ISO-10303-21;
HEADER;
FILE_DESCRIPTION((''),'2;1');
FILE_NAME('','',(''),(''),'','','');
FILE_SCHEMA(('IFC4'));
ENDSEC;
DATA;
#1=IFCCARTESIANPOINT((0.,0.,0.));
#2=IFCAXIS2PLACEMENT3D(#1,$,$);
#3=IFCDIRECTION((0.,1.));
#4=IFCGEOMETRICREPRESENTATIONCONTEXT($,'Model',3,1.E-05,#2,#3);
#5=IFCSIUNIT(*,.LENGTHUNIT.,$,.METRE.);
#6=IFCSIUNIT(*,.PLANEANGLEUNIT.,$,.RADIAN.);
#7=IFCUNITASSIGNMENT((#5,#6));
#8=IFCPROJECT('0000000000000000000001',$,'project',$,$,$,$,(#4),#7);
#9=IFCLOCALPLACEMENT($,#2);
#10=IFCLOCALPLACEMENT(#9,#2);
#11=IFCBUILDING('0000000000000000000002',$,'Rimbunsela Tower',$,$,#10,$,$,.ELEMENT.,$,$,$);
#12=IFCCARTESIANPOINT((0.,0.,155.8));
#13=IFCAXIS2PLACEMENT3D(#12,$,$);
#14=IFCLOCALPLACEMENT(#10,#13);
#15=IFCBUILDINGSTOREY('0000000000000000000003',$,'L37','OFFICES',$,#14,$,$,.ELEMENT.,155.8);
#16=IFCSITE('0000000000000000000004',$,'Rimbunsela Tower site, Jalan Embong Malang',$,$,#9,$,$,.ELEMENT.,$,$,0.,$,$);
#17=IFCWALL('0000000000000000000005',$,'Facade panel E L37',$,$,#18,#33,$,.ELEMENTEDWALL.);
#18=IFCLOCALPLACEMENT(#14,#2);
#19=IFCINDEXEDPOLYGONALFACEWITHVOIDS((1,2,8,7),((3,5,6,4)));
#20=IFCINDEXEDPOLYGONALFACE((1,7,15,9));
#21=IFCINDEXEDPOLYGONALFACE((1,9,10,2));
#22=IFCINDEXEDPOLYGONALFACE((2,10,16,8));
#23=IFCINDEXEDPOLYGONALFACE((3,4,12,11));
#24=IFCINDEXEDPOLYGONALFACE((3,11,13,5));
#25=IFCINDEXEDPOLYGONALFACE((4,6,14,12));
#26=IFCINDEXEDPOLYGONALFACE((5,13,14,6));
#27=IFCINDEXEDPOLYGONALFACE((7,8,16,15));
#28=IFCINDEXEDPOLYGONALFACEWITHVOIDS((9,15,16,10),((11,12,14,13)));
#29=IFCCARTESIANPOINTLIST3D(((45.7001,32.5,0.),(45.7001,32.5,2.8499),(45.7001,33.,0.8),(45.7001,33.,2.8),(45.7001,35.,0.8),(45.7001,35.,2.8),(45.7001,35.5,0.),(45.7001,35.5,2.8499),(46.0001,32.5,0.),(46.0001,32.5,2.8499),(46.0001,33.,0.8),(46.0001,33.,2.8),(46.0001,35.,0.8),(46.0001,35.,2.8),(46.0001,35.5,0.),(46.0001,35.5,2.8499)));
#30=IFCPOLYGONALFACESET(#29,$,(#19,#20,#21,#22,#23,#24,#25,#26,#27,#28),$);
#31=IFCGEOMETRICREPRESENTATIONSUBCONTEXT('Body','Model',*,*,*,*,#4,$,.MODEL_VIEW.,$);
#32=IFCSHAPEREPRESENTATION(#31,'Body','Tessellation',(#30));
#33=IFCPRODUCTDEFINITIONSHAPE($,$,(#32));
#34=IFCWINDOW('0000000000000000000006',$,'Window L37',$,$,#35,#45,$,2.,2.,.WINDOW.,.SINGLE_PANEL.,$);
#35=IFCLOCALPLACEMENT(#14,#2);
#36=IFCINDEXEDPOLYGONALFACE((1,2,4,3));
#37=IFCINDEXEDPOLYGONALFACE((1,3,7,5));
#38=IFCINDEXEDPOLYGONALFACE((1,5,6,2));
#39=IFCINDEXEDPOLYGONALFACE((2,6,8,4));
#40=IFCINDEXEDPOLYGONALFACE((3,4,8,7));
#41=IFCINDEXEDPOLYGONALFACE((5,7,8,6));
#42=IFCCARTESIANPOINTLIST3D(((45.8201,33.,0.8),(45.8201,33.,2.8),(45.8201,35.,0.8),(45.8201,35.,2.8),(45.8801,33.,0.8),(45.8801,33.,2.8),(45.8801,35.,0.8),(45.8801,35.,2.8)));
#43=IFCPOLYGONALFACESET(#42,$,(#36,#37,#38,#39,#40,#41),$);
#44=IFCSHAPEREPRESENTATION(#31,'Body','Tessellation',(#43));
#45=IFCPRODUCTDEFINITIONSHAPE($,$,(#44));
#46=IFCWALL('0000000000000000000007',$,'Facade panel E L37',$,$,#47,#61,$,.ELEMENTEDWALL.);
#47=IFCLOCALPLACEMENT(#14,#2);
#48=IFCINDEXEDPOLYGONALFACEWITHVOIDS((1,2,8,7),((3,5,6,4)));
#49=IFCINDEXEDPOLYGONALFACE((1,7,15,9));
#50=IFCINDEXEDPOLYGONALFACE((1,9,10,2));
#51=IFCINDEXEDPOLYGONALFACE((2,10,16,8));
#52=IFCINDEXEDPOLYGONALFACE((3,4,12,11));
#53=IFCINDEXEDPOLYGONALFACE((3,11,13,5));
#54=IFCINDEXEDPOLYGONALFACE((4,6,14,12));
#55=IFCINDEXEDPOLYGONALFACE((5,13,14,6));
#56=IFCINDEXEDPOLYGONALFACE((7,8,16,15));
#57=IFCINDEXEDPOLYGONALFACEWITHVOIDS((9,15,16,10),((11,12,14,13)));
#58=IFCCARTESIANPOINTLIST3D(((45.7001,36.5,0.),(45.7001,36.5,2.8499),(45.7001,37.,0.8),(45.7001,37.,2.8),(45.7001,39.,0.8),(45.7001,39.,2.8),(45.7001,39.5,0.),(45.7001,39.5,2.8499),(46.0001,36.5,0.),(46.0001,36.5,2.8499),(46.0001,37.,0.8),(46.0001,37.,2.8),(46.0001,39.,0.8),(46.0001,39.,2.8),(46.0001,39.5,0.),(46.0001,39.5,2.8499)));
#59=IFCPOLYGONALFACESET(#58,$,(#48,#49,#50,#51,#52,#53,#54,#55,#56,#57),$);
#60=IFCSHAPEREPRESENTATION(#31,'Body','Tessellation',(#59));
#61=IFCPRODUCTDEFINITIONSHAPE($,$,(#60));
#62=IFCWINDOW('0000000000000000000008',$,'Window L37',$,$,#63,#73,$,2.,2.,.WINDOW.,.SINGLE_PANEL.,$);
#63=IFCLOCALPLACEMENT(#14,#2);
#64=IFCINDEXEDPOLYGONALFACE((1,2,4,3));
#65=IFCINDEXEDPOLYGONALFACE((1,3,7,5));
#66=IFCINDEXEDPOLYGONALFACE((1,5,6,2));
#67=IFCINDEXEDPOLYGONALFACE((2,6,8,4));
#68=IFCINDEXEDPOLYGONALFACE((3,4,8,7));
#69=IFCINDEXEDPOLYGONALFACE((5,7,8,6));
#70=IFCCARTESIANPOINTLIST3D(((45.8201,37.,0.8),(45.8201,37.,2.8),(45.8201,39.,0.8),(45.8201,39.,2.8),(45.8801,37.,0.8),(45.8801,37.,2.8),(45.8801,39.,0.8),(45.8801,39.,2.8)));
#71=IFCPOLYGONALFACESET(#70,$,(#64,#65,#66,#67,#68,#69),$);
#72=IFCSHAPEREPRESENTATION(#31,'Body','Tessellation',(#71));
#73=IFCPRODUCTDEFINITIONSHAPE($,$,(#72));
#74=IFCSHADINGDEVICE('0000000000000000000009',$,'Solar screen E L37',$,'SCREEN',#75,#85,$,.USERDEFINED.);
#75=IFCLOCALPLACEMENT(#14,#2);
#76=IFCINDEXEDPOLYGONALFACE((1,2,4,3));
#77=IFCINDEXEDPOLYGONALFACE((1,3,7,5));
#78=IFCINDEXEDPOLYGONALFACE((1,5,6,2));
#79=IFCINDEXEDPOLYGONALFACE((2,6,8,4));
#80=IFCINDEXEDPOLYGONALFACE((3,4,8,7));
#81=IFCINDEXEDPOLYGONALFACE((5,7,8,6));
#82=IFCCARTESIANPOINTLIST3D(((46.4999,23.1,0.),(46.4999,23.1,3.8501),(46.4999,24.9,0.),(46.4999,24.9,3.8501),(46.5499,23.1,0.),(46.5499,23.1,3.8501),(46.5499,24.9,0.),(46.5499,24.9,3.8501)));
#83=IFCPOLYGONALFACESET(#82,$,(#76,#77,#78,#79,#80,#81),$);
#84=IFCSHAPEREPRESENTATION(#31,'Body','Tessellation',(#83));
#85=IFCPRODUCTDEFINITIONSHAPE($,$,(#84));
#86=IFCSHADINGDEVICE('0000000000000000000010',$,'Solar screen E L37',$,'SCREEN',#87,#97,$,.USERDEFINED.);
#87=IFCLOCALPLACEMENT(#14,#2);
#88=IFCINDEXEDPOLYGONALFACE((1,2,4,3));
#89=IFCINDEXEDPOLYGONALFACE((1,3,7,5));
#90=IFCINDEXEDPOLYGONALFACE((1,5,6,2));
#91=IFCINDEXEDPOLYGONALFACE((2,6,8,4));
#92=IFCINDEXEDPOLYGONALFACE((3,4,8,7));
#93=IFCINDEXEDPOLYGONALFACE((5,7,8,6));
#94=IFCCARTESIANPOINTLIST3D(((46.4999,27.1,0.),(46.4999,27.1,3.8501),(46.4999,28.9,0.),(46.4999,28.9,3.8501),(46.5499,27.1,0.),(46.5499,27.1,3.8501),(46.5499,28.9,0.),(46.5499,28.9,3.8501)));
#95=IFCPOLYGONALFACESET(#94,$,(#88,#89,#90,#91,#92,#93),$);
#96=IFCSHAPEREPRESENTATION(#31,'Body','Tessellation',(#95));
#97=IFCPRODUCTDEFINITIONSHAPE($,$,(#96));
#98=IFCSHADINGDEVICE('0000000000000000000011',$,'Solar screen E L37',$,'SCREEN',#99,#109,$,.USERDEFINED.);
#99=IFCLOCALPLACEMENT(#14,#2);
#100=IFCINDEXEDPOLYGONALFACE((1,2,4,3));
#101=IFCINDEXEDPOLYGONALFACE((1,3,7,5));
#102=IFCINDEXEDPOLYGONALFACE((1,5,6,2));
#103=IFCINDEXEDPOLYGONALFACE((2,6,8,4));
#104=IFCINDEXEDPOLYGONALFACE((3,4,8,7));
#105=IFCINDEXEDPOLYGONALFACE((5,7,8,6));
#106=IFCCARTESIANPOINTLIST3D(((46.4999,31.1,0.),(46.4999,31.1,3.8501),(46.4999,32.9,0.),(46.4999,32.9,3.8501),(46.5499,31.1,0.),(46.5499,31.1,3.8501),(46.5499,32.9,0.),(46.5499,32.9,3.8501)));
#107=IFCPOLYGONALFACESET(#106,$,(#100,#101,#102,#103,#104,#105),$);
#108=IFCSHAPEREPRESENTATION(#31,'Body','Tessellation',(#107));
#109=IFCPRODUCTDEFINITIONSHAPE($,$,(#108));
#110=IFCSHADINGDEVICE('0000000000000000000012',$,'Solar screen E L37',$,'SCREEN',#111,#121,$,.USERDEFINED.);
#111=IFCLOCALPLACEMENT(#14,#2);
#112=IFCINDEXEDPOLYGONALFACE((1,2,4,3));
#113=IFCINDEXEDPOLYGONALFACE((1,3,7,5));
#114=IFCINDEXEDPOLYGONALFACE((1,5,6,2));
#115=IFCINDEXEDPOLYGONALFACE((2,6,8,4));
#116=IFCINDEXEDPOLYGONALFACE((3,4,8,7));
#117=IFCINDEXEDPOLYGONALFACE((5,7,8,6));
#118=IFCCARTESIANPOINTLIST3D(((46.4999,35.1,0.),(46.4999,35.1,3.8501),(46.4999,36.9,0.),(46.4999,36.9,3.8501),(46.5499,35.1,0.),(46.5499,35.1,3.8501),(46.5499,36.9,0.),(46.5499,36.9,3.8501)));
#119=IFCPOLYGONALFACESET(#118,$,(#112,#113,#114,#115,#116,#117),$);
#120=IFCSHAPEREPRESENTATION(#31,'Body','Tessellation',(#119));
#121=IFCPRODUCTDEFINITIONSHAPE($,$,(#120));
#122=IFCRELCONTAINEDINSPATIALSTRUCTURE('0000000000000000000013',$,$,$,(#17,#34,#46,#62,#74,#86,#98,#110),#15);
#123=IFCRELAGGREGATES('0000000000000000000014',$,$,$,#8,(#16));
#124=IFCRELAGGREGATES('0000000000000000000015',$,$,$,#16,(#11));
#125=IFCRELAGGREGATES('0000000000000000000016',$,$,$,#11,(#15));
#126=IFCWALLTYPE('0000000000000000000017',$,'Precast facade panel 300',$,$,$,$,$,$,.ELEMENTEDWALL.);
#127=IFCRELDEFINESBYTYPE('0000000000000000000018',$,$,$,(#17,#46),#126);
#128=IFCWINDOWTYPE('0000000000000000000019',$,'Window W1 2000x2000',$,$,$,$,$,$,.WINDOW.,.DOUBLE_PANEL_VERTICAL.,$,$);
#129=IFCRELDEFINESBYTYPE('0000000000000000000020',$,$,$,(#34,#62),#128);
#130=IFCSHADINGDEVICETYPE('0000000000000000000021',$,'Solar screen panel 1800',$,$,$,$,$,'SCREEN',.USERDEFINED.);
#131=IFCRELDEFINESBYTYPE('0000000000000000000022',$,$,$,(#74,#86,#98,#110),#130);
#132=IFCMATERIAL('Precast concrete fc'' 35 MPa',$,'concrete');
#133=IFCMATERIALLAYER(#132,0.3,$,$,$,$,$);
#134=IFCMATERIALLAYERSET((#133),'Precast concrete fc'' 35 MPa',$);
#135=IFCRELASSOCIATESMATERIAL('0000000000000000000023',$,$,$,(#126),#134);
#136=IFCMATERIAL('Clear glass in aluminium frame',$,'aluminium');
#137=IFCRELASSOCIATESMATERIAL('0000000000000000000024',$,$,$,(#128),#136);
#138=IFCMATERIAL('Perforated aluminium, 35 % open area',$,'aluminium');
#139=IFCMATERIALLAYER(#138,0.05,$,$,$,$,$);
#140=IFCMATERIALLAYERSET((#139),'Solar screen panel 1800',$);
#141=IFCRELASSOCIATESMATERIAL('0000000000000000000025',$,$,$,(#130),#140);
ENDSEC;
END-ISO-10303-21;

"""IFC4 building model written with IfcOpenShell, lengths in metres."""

from ifc_helpers import new_model, si_unit, direction, frame, frame_2d, origin, origin_2d, place, context, subcontext, project, spatial, rectangle, extrude, material, layer, layer_set, type_object, element, fill, save


model = new_model("IFC4")

# Units and contexts
model_context = context("Model", 3, precision=1e-05, world=origin(), true_north=direction((0.0, 1.0)))
body_context = subcontext(model_context, "Body", "Model", "MODEL_VIEW")
ifc_project = project(units=[si_unit("LENGTHUNIT", "METRE"), si_unit("PLANEANGLEUNIT", "RADIAN")], contexts=[model_context])

# Site, building, storey
site_placement = place(None, origin())
site = spatial("IfcSite", under=ifc_project, at=site_placement, Name="Rimbunsela Tower site, Jalan Embong Malang", CompositionType="ELEMENT", RefElevation=0.0)
building_placement = place(site_placement, origin())
building = spatial("IfcBuilding", under=site, at=building_placement, Name="Rimbunsela Tower", CompositionType="ELEMENT")
storey_placement = place(building_placement, frame((0.0, 0.0, 155.8)))
storey = spatial("IfcBuildingStorey", under=building, at=storey_placement, Name="L37", Description="OFFICES", CompositionType="ELEMENT", Elevation=155.8)

# Walls, openings, windows
ifc_material_1 = material(Name="Precast concrete fc' 35 MPa", Category="concrete")
ifc_layer_1 = layer(ifc_material_1, 0.3)
ifc_layer_set_1 = layer_set([ifc_layer_1], Name="Precast concrete fc' 35 MPa")
wall_type_1 = type_object("IfcWallType", Name="Precast facade panel 300", PredefinedType="ELEMENTEDWALL", material=ifc_layer_set_1)
ifc_material_2 = material(Name="Clear glass in aluminium frame", Category="aluminium")
window_type = type_object("IfcWindowType", Name="Window W1 2000x2000", PartitioningType="DOUBLE_PANEL_VERTICAL", PredefinedType="WINDOW", material=ifc_material_2)
wall_1_placement = place(storey_placement, frame((45.8501, 32.5, 0.0), z_axis=(0.0, 0.0, 1.0), x_axis=(0.0, 1.0, 0.0)))
wall_1 = element("IfcWall", 1, at=wall_1_placement, inside=storey, type_object=wall_type_1, Name="Facade panel E L37", PredefinedType="ELEMENTEDWALL", context=body_context, shape_type="SweptSolid", body=[
    extrude(rectangle(XDim=3.0, YDim=0.3, at=frame_2d((1.5, 0.0))), origin(), (0.0, 0.0, 1.0), 2.8499),
])
opening_1_placement = place(wall_1_placement, frame((0.5, 0.0, 0.8)))
opening_1 = element("IfcOpeningElement", 2, at=opening_1_placement, cuts=wall_1, PredefinedType="OPENING", context=body_context, shape_type="SweptSolid", body=[
    extrude(rectangle(XDim=2.0, YDim=2.0, at=frame_2d((1.0, 1.0))), frame((0.0, 0.1599, 0.0), z_axis=(0.0, -1.0, 0.0), x_axis=(1.0, 0.0, 0.0)), (0.0, 0.0, 1.0), 0.3201),
])
window_1_placement = place(opening_1_placement, origin())
window_1 = element("IfcWindow", 3, at=window_1_placement, inside=storey, type_object=window_type, Name="Window L37", OverallHeight=2.0, OverallWidth=2.0, PartitioningType="SINGLE_PANEL", PredefinedType="WINDOW", context=body_context, shape_type="SweptSolid", body=[
    extrude(rectangle(XDim=2.0, YDim=2.0, at=frame_2d((1.0, 1.0))), frame((0.0, 0.03, 0.0), z_axis=(0.0, -1.0, 0.0), x_axis=(1.0, 0.0, 0.0)), (0.0, 0.0, 1.0), 0.0601),
])
fill(opening_1, window_1)
wall_2_placement = place(storey_placement, frame((45.8501, 36.5, 0.0), z_axis=(0.0, 0.0, 1.0), x_axis=(0.0, 1.0, 0.0)))
wall_2 = element("IfcWall", 4, at=wall_2_placement, inside=storey, type_object=wall_type_1, Name="Facade panel E L37", PredefinedType="ELEMENTEDWALL", context=body_context, shape_type="SweptSolid", body=[
    extrude(rectangle(XDim=3.0, YDim=0.3, at=frame_2d((1.5, 0.0))), origin(), (0.0, 0.0, 1.0), 2.8499),
])
opening_2_placement = place(wall_2_placement, frame((0.5, 0.0, 0.8)))
opening_2 = element("IfcOpeningElement", 5, at=opening_2_placement, cuts=wall_2, PredefinedType="OPENING", context=body_context, shape_type="SweptSolid", body=[
    extrude(rectangle(XDim=2.0, YDim=2.0, at=frame_2d((1.0, 1.0))), frame((0.0, 0.1599, 0.0), z_axis=(0.0, -1.0, 0.0), x_axis=(1.0, 0.0, 0.0)), (0.0, 0.0, 1.0), 0.3201),
])
window_2_placement = place(opening_2_placement, origin())
window_2 = element("IfcWindow", 6, at=window_2_placement, inside=storey, type_object=window_type, Name="Window L37", OverallHeight=2.0, OverallWidth=2.0, PartitioningType="SINGLE_PANEL", PredefinedType="WINDOW", context=body_context, shape_type="SweptSolid", body=[
    extrude(rectangle(XDim=2.0, YDim=2.0, at=frame_2d((1.0, 1.0))), frame((0.0, 0.03, 0.0), z_axis=(0.0, -1.0, 0.0), x_axis=(1.0, 0.0, 0.0)), (0.0, 0.0, 1.0), 0.0601),
])
fill(opening_2, window_2)

# Shading devices
ifc_material_3 = material(Name="Perforated aluminium, 35 % open area", Category="aluminium")
ifc_layer_2 = layer(ifc_material_3, 0.05)
ifc_layer_set_2 = layer_set([ifc_layer_2], Name="Solar screen panel 1800")
shading_device_type = type_object("IfcShadingDeviceType", Name="Solar screen panel 1800", ElementType="SCREEN", PredefinedType="USERDEFINED", material=ifc_layer_set_2)
for number, where, z_axis, x_axis, name in (
    (7, (46.5249, 24.0, 0.0), (0.0, 0.0, 1.0), (0.0, 1.0, 0.0), "Solar screen E L37"),
    (8, (46.5249, 28.0, 0.0), (0.0, 0.0, 1.0), (0.0, 1.0, 0.0), "Solar screen E L37"),
    (9, (46.5249, 32.0, 0.0), (0.0, 0.0, 1.0), (0.0, 1.0, 0.0), "Solar screen E L37"),
    (10, (46.5249, 36.0, 0.0), (0.0, 0.0, 1.0), (0.0, 1.0, 0.0), "Solar screen E L37"),
):
    element("IfcShadingDevice", number, at=place(storey_placement, frame(where, z_axis=z_axis, x_axis=x_axis)), inside=storey, type_object=shading_device_type, Name=name, ObjectType="SCREEN", PredefinedType="USERDEFINED", context=body_context, shape_type="SweptSolid", body=[
        extrude(rectangle(XDim=1.8, YDim=0.05, at=origin_2d()), origin(), (0.0, 0.0, 1.0), 3.8501),
    ])

save(model, "model.ifc")
